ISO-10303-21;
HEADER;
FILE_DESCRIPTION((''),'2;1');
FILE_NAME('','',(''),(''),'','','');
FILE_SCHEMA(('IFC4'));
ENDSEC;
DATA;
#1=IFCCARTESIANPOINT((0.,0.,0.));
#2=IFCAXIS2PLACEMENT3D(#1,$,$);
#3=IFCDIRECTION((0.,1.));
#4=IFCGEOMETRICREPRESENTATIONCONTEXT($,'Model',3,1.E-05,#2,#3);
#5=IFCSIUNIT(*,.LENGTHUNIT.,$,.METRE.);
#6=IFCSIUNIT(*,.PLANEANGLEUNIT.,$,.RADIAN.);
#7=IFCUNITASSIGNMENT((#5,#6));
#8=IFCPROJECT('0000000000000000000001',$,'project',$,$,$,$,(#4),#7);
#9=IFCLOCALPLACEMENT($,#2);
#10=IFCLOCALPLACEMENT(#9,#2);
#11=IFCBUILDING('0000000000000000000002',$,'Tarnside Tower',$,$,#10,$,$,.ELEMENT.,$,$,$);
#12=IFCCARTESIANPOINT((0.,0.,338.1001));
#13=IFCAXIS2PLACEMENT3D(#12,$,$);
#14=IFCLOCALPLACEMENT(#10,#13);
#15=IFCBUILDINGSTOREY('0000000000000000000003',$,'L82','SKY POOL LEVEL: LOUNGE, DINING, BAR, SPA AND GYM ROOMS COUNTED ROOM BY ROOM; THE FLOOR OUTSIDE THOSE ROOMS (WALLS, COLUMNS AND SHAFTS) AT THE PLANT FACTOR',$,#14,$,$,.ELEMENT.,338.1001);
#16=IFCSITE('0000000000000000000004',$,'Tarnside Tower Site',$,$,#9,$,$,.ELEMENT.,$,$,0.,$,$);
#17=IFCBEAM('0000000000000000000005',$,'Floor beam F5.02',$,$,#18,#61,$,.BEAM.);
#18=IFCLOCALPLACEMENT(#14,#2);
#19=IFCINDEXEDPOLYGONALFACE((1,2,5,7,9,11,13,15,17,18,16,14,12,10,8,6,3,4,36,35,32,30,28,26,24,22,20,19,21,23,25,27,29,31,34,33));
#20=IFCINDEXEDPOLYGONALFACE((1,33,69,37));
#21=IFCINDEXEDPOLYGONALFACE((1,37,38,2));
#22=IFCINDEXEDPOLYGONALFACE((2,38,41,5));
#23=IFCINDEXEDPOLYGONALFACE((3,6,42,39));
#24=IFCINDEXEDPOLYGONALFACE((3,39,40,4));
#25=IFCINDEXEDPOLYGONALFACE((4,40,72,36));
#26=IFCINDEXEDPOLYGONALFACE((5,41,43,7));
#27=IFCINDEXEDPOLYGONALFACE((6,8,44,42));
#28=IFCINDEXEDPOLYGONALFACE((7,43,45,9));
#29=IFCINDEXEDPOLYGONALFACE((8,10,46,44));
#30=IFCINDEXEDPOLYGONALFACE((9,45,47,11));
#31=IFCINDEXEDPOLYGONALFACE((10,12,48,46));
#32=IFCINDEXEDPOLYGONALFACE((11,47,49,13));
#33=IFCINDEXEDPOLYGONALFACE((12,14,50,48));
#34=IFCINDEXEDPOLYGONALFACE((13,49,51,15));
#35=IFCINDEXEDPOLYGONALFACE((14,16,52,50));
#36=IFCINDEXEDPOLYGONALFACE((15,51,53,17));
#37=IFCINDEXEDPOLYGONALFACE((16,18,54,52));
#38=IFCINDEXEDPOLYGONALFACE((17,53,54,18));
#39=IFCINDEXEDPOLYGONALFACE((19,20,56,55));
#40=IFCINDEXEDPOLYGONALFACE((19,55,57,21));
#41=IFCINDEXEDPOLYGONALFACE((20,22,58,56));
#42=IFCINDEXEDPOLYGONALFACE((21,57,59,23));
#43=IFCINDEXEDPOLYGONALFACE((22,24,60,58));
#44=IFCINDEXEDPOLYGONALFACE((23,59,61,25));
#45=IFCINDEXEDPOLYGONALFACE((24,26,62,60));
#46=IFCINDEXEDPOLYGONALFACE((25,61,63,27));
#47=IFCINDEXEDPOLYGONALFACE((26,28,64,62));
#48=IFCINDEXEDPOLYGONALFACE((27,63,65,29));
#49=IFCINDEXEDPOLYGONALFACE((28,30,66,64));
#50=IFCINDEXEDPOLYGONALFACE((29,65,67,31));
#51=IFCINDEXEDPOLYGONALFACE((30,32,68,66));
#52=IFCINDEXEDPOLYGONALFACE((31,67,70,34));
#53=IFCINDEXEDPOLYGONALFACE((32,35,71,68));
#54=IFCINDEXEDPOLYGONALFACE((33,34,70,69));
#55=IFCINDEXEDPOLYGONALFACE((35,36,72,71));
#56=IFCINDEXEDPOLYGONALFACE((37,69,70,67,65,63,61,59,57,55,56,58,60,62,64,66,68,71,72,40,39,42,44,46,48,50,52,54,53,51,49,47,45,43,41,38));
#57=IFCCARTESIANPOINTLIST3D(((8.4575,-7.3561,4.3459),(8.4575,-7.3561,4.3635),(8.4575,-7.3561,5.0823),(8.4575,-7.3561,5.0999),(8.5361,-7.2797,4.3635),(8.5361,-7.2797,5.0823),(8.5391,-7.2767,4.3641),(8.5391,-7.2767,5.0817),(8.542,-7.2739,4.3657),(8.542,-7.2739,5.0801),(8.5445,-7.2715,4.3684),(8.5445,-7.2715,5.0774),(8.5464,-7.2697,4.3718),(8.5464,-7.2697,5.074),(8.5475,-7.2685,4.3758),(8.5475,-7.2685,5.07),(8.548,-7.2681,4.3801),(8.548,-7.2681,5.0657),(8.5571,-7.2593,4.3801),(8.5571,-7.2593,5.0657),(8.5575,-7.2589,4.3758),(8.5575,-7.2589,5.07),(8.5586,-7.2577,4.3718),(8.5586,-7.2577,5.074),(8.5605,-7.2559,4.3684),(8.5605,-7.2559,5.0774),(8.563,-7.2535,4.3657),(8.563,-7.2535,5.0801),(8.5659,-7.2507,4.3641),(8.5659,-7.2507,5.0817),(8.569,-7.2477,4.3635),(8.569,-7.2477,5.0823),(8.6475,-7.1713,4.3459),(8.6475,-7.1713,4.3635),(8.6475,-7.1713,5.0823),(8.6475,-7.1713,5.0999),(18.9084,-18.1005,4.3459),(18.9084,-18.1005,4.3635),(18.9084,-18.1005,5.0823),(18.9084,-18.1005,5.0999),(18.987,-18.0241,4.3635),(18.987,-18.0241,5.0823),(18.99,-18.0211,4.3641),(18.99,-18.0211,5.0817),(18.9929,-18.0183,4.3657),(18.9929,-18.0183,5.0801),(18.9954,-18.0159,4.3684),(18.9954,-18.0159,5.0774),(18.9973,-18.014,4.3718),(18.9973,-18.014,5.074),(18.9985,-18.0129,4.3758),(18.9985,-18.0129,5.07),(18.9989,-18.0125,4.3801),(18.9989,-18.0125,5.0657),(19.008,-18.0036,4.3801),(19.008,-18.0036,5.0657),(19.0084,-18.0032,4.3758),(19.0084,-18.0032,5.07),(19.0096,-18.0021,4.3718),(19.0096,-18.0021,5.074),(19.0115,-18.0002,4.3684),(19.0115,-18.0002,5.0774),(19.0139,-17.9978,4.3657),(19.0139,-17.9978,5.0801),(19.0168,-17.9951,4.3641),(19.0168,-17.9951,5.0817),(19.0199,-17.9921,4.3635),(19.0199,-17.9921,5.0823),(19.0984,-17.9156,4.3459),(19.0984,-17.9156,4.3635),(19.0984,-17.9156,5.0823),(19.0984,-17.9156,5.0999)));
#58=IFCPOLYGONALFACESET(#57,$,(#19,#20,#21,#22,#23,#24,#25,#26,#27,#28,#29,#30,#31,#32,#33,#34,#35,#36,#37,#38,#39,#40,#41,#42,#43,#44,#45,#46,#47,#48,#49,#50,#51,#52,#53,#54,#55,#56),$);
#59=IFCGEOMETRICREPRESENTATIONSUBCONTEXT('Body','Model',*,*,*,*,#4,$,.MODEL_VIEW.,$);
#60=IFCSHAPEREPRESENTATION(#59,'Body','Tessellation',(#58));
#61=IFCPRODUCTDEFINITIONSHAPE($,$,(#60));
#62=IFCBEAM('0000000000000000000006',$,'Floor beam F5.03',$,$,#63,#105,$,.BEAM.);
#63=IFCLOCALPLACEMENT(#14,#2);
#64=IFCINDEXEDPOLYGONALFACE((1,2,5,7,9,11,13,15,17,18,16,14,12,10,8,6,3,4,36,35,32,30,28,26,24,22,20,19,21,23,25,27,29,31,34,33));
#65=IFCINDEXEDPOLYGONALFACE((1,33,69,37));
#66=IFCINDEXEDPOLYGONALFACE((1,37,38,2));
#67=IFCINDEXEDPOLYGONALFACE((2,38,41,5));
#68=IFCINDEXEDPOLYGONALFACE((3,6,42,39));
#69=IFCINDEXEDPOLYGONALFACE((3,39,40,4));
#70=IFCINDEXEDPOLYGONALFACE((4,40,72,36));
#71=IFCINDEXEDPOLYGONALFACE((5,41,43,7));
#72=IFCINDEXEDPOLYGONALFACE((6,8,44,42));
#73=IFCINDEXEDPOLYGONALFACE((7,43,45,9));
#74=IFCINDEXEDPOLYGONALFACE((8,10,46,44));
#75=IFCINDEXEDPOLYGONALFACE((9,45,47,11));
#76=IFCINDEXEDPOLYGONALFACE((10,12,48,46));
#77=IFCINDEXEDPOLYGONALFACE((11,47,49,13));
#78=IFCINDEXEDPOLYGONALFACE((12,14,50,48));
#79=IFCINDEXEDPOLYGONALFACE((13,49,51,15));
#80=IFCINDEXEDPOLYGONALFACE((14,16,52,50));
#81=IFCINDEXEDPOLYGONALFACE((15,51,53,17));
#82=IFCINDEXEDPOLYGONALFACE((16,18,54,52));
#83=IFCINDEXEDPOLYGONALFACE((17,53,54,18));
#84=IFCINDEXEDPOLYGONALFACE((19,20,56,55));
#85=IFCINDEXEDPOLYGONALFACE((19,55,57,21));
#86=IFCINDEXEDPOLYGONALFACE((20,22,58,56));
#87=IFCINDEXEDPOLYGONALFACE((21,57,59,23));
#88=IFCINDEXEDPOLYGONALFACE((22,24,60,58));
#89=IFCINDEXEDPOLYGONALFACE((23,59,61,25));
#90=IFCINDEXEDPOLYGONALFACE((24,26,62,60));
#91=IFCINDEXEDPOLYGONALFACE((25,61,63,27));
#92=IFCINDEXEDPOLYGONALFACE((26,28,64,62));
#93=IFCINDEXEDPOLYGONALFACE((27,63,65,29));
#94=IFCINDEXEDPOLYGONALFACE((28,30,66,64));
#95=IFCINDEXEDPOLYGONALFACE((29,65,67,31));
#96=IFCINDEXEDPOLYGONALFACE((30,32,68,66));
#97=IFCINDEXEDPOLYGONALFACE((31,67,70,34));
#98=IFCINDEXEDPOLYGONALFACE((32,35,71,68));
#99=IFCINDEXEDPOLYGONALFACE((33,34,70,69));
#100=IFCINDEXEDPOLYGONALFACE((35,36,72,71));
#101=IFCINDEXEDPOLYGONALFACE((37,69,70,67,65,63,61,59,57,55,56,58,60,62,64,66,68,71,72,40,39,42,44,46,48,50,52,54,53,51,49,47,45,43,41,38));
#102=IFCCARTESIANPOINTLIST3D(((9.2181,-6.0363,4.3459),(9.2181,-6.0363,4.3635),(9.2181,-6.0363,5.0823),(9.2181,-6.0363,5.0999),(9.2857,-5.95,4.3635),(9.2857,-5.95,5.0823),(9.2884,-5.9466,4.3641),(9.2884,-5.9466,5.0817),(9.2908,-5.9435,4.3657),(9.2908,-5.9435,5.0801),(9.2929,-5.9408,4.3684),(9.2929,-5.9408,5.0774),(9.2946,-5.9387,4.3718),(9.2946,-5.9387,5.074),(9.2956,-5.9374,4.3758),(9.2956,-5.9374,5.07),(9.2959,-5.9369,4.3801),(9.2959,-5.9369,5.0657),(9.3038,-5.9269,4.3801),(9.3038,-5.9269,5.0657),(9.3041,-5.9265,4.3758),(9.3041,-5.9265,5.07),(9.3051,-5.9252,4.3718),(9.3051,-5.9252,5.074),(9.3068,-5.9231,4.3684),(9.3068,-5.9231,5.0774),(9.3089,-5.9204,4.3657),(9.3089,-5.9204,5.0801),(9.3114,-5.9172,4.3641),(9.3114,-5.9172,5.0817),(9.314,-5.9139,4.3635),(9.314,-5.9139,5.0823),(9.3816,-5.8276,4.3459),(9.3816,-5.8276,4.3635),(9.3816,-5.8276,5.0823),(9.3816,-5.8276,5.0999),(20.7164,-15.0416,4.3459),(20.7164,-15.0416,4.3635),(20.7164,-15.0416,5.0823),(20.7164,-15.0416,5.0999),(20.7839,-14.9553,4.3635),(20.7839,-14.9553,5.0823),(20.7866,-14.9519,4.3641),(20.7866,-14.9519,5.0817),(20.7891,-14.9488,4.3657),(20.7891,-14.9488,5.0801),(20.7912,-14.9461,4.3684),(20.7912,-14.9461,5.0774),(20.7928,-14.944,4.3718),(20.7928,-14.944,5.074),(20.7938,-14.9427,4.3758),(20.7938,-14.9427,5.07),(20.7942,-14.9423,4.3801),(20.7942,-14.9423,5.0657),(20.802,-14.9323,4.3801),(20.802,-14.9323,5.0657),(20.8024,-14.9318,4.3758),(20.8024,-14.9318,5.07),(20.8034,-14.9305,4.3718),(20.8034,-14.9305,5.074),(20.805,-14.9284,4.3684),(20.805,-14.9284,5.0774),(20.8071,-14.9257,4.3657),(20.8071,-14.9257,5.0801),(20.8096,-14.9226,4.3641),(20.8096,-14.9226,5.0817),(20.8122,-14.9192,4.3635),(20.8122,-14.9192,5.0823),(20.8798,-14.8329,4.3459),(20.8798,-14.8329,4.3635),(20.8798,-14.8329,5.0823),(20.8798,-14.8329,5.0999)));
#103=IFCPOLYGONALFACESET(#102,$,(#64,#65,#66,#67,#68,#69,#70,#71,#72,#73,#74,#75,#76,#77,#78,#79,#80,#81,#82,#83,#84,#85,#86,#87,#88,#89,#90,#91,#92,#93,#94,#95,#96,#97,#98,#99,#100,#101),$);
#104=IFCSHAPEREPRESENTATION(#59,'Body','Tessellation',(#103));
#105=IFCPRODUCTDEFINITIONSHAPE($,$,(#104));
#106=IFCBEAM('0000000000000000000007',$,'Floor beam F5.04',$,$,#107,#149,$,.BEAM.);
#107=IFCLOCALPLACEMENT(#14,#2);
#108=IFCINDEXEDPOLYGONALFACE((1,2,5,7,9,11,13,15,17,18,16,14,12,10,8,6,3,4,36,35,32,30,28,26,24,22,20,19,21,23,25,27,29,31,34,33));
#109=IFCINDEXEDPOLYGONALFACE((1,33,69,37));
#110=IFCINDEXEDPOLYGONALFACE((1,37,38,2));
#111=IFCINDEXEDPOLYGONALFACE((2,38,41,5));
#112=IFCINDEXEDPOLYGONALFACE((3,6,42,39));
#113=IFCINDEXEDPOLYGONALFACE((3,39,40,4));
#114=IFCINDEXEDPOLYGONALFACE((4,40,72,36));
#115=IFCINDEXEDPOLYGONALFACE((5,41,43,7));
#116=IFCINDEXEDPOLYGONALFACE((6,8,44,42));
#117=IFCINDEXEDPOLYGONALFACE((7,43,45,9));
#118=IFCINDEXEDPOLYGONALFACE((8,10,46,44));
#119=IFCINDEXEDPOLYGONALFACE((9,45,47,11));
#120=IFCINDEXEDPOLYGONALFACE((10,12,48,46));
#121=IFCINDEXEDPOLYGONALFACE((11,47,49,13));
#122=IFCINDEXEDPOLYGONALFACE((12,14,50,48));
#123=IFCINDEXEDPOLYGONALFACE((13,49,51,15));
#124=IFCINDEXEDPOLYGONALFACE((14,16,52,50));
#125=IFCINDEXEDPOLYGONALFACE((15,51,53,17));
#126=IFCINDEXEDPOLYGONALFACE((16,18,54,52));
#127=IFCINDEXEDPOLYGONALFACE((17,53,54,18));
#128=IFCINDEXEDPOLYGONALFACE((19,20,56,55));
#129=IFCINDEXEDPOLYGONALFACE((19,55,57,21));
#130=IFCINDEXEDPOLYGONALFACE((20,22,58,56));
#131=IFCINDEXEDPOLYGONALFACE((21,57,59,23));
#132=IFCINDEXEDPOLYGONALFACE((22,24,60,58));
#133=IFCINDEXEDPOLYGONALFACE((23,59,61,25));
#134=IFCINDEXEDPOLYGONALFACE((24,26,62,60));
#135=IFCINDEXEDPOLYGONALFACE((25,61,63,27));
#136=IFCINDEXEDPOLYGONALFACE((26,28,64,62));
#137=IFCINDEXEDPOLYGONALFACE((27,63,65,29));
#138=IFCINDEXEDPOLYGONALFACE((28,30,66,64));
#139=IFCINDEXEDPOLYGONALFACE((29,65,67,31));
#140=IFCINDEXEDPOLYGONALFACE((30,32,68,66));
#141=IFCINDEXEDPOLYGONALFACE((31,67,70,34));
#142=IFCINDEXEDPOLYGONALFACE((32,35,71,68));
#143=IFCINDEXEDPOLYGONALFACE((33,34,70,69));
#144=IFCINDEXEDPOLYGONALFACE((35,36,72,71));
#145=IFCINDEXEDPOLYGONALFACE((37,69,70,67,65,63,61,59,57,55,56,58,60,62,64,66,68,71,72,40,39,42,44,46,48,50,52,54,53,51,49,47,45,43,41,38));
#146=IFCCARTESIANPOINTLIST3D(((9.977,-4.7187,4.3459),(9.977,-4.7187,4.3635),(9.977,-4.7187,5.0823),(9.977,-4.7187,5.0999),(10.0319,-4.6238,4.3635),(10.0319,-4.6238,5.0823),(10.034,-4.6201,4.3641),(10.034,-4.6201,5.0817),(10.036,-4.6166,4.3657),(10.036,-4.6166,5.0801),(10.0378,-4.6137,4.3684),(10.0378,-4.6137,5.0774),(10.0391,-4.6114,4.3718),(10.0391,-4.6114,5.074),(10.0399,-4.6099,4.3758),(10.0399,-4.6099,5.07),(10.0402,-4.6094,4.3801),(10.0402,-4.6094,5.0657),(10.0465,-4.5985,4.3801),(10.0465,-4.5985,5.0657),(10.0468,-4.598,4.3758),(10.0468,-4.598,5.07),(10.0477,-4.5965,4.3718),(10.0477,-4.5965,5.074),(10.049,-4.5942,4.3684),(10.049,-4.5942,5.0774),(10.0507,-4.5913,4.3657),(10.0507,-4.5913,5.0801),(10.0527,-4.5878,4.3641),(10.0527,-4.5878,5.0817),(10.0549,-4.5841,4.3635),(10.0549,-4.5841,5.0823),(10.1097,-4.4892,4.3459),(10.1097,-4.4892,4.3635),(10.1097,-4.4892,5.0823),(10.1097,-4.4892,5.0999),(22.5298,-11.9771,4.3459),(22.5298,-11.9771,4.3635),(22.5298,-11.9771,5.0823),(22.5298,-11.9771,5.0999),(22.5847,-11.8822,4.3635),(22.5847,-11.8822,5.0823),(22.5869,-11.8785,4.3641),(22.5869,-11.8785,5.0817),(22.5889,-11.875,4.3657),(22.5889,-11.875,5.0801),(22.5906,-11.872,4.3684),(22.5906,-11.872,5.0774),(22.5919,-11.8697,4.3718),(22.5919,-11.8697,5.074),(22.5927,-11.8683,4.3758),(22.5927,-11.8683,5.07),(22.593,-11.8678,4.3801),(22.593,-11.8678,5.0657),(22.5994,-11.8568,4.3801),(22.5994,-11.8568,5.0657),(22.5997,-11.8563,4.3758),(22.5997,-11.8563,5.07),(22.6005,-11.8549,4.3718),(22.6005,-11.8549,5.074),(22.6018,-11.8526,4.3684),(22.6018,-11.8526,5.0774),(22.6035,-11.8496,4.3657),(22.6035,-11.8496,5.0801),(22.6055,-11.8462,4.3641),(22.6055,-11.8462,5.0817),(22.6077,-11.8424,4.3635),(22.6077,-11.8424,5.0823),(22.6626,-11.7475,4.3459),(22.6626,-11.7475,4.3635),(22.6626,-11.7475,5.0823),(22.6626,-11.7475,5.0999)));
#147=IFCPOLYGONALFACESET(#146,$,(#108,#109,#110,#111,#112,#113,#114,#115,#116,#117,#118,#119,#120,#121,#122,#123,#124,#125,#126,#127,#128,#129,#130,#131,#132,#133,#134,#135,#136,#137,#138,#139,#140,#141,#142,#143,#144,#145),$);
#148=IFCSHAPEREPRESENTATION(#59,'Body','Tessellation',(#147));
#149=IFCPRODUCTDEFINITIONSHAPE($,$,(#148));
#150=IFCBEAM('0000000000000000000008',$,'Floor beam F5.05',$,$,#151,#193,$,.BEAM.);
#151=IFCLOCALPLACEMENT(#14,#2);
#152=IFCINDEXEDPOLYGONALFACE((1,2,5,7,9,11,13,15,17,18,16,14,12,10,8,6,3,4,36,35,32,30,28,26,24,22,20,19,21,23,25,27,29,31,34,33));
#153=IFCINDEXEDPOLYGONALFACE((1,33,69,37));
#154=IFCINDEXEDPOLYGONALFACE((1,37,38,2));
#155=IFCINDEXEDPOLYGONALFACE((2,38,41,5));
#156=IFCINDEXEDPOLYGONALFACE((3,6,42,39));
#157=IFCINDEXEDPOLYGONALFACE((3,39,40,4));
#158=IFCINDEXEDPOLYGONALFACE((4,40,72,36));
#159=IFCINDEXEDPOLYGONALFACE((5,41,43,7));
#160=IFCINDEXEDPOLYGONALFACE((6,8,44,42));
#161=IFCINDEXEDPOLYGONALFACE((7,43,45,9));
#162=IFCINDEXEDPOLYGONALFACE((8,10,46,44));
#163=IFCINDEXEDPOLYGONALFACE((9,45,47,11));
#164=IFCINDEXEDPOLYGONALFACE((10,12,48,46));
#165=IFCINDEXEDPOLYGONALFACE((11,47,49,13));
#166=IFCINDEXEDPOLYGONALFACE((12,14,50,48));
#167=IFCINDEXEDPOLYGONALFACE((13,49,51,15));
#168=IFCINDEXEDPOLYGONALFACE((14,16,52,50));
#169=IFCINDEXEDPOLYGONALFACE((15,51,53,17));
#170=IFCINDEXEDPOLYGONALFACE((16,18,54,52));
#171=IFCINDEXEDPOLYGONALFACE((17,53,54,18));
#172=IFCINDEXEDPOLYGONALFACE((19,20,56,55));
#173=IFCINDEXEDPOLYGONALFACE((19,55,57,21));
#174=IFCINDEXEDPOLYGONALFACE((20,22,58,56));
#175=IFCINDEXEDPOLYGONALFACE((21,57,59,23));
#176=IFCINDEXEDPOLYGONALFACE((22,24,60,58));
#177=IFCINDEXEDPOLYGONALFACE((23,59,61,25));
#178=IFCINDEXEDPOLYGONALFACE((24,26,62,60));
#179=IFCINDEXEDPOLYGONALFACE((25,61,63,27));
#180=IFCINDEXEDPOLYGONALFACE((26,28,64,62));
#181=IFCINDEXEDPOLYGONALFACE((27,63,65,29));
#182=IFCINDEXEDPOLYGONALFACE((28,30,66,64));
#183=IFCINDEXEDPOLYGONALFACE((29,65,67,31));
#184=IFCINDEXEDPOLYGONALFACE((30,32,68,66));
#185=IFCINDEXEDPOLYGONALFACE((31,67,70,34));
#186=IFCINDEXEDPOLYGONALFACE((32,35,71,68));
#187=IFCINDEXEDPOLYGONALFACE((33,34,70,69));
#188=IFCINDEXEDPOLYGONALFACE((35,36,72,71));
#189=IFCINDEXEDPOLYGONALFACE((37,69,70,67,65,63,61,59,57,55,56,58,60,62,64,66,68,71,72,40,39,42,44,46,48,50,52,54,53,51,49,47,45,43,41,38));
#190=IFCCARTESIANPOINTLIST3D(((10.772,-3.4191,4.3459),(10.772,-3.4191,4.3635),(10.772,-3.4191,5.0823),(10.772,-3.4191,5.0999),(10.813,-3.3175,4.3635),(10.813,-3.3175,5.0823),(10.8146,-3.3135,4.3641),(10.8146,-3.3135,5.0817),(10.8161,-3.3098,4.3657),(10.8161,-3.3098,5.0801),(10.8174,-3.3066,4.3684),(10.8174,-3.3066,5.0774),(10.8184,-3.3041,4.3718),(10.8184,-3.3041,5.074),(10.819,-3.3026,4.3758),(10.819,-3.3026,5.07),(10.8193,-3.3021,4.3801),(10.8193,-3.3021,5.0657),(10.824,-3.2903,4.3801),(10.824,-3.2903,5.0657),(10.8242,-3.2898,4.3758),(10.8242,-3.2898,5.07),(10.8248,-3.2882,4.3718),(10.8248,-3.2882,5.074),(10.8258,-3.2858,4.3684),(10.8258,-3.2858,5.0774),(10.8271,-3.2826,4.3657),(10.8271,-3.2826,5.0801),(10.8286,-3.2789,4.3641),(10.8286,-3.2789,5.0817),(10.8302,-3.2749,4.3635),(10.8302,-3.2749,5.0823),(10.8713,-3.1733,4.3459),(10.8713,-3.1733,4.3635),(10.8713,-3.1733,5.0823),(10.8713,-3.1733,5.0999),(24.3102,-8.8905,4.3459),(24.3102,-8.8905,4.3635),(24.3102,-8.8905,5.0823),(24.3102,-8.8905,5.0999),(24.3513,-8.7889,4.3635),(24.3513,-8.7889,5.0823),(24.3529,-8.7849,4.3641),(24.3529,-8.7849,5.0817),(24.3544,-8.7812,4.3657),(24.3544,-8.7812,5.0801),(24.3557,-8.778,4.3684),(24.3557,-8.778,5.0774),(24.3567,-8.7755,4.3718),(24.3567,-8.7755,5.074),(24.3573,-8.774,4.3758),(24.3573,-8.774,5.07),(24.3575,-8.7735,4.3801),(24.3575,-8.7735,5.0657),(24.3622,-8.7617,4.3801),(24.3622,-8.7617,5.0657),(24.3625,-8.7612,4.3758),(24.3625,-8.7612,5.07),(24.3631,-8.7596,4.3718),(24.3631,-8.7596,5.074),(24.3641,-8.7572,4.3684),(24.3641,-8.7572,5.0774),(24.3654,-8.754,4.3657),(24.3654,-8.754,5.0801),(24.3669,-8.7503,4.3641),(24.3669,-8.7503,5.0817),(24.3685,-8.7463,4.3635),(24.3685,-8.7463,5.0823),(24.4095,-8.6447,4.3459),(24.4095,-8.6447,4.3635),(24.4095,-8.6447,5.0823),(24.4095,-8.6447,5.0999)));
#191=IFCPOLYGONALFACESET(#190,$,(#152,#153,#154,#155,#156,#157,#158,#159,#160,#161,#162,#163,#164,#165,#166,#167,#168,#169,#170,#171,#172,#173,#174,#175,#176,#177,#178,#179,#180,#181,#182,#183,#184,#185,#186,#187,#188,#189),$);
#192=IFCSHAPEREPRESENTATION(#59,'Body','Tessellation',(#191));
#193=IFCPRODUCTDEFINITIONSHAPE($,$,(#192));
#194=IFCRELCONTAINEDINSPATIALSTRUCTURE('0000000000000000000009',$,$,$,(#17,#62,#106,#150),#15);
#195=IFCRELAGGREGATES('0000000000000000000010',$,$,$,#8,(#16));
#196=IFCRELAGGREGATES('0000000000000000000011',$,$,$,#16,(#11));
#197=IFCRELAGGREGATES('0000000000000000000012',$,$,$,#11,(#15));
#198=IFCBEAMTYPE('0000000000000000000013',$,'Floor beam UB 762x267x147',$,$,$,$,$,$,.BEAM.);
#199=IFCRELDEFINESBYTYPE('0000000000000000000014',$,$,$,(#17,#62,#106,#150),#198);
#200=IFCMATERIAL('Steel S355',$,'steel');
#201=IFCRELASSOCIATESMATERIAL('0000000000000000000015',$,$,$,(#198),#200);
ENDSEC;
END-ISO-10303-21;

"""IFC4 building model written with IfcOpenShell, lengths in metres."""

from ifc_helpers import new_model, si_unit, direction, frame, origin, origin_2d, place, context, subcontext, project, spatial, i_section, extrude, material, material_profile, profile_set, type_object, element, save


model = new_model("IFC4")

# Units and contexts
model_context = context("Model", 3, precision=1e-05, world=origin(), true_north=direction((0.0, 1.0)))
body_context = subcontext(model_context, "Body", "Model", "MODEL_VIEW")
ifc_project = project(units=[si_unit("LENGTHUNIT", "METRE"), si_unit("PLANEANGLEUNIT", "RADIAN")], contexts=[model_context])

# Site, building, storey
site_placement = place(None, origin())
site = spatial("IfcSite", under=ifc_project, at=site_placement, Name="Tarnside Tower Site", CompositionType="ELEMENT", RefElevation=0.0)
building_placement = place(site_placement, origin())
building = spatial("IfcBuilding", under=site, at=building_placement, Name="Tarnside Tower", CompositionType="ELEMENT")
storey_placement = place(building_placement, frame((0.0, 0.0, 338.1001)))
storey = spatial("IfcBuildingStorey", under=building, at=storey_placement, Name="L82", Description="SKY POOL LEVEL: LOUNGE, DINING, BAR, SPA AND GYM ROOMS COUNTED ROOM BY ROOM; THE FLOOR OUTSIDE THOSE ROOMS (WALLS, COLUMNS AND SHAFTS) AT THE PLANT FACTOR", CompositionType="ELEMENT", Elevation=338.1001)

# Beams
ifc_material_1 = material(Name="Steel S355", Category="steel")
ifc_material_profile = material_profile(ifc_material_1, i_section(OverallWidth=0.2651, OverallDepth=0.7539, WebThickness=0.0127, FlangeThickness=0.0176, FilletRadius=0.0166, at=origin_2d()), Name="UB 762x267x147")
ifc_profile_set = profile_set([ifc_material_profile], Name="Steel S355")
beam_type = type_object("IfcBeamType", Name="Floor beam UB 762x267x147", PredefinedType="BEAM", material=ifc_profile_set)
beam_1_placement = place(storey_placement, frame((19.0034, -18.0081, 4.7229), z_axis=(-0.69725, 0.716828, 0.0), x_axis=(-0.716828, -0.69725, 0.0)))
element("IfcBeam", 1, at=beam_1_placement, inside=storey, type_object=beam_type, Name="Floor beam F5.02", PredefinedType="BEAM", context=body_context, shape_type="SweptSolid", body=[
    extrude(i_section(OverallWidth=0.2651, OverallDepth=0.7539, WebThickness=0.0127, FlangeThickness=0.0176, FilletRadius=0.0166, at=origin_2d()), origin(), (0.0, 0.0, 1.0), 14.9888),
])
beam_2_placement = place(storey_placement, frame((20.7981, -14.9373, 4.7229), z_axis=(-0.787282, 0.616593, 0.0), x_axis=(-0.616593, -0.787282, 0.0)))
element("IfcBeam", 2, at=beam_2_placement, inside=storey, type_object=beam_type, Name="Floor beam F5.03", PredefinedType="BEAM", context=body_context, shape_type="SweptSolid", body=[
    extrude(i_section(OverallWidth=0.2651, OverallDepth=0.7539, WebThickness=0.0127, FlangeThickness=0.0176, FilletRadius=0.0166, at=origin_2d()), origin(), (0.0, 0.0, 1.0), 14.605),
])
beam_3_placement = place(storey_placement, frame((22.5962, -11.8623, 4.7229), z_axis=(-0.865697, 0.500568, 0.0), x_axis=(-0.500568, -0.865697, 0.0)))
element("IfcBeam", 3, at=beam_3_placement, inside=storey, type_object=beam_type, Name="Floor beam F5.04", PredefinedType="BEAM", context=body_context, shape_type="SweptSolid", body=[
    extrude(i_section(OverallWidth=0.2651, OverallDepth=0.7539, WebThickness=0.0127, FlangeThickness=0.0176, FilletRadius=0.0166, at=origin_2d()), origin(), (0.0, 0.0, 1.0), 14.5002),
])
beam_4_placement = place(storey_placement, frame((24.3599, -8.7676, 4.7229), z_axis=(-0.927146, 0.374701, 0.0), x_axis=(-0.374701, -0.927146, 0.0)))
element("IfcBeam", 4, at=beam_4_placement, inside=storey, type_object=beam_type, Name="Floor beam F5.05", PredefinedType="BEAM", context=body_context, shape_type="SweptSolid", body=[
    extrude(i_section(OverallWidth=0.2651, OverallDepth=0.7539, WebThickness=0.0127, FlangeThickness=0.0176, FilletRadius=0.0166, at=origin_2d()), origin(), (0.0, 0.0, 1.0), 14.6021),
])

save(model, "model.ifc")
